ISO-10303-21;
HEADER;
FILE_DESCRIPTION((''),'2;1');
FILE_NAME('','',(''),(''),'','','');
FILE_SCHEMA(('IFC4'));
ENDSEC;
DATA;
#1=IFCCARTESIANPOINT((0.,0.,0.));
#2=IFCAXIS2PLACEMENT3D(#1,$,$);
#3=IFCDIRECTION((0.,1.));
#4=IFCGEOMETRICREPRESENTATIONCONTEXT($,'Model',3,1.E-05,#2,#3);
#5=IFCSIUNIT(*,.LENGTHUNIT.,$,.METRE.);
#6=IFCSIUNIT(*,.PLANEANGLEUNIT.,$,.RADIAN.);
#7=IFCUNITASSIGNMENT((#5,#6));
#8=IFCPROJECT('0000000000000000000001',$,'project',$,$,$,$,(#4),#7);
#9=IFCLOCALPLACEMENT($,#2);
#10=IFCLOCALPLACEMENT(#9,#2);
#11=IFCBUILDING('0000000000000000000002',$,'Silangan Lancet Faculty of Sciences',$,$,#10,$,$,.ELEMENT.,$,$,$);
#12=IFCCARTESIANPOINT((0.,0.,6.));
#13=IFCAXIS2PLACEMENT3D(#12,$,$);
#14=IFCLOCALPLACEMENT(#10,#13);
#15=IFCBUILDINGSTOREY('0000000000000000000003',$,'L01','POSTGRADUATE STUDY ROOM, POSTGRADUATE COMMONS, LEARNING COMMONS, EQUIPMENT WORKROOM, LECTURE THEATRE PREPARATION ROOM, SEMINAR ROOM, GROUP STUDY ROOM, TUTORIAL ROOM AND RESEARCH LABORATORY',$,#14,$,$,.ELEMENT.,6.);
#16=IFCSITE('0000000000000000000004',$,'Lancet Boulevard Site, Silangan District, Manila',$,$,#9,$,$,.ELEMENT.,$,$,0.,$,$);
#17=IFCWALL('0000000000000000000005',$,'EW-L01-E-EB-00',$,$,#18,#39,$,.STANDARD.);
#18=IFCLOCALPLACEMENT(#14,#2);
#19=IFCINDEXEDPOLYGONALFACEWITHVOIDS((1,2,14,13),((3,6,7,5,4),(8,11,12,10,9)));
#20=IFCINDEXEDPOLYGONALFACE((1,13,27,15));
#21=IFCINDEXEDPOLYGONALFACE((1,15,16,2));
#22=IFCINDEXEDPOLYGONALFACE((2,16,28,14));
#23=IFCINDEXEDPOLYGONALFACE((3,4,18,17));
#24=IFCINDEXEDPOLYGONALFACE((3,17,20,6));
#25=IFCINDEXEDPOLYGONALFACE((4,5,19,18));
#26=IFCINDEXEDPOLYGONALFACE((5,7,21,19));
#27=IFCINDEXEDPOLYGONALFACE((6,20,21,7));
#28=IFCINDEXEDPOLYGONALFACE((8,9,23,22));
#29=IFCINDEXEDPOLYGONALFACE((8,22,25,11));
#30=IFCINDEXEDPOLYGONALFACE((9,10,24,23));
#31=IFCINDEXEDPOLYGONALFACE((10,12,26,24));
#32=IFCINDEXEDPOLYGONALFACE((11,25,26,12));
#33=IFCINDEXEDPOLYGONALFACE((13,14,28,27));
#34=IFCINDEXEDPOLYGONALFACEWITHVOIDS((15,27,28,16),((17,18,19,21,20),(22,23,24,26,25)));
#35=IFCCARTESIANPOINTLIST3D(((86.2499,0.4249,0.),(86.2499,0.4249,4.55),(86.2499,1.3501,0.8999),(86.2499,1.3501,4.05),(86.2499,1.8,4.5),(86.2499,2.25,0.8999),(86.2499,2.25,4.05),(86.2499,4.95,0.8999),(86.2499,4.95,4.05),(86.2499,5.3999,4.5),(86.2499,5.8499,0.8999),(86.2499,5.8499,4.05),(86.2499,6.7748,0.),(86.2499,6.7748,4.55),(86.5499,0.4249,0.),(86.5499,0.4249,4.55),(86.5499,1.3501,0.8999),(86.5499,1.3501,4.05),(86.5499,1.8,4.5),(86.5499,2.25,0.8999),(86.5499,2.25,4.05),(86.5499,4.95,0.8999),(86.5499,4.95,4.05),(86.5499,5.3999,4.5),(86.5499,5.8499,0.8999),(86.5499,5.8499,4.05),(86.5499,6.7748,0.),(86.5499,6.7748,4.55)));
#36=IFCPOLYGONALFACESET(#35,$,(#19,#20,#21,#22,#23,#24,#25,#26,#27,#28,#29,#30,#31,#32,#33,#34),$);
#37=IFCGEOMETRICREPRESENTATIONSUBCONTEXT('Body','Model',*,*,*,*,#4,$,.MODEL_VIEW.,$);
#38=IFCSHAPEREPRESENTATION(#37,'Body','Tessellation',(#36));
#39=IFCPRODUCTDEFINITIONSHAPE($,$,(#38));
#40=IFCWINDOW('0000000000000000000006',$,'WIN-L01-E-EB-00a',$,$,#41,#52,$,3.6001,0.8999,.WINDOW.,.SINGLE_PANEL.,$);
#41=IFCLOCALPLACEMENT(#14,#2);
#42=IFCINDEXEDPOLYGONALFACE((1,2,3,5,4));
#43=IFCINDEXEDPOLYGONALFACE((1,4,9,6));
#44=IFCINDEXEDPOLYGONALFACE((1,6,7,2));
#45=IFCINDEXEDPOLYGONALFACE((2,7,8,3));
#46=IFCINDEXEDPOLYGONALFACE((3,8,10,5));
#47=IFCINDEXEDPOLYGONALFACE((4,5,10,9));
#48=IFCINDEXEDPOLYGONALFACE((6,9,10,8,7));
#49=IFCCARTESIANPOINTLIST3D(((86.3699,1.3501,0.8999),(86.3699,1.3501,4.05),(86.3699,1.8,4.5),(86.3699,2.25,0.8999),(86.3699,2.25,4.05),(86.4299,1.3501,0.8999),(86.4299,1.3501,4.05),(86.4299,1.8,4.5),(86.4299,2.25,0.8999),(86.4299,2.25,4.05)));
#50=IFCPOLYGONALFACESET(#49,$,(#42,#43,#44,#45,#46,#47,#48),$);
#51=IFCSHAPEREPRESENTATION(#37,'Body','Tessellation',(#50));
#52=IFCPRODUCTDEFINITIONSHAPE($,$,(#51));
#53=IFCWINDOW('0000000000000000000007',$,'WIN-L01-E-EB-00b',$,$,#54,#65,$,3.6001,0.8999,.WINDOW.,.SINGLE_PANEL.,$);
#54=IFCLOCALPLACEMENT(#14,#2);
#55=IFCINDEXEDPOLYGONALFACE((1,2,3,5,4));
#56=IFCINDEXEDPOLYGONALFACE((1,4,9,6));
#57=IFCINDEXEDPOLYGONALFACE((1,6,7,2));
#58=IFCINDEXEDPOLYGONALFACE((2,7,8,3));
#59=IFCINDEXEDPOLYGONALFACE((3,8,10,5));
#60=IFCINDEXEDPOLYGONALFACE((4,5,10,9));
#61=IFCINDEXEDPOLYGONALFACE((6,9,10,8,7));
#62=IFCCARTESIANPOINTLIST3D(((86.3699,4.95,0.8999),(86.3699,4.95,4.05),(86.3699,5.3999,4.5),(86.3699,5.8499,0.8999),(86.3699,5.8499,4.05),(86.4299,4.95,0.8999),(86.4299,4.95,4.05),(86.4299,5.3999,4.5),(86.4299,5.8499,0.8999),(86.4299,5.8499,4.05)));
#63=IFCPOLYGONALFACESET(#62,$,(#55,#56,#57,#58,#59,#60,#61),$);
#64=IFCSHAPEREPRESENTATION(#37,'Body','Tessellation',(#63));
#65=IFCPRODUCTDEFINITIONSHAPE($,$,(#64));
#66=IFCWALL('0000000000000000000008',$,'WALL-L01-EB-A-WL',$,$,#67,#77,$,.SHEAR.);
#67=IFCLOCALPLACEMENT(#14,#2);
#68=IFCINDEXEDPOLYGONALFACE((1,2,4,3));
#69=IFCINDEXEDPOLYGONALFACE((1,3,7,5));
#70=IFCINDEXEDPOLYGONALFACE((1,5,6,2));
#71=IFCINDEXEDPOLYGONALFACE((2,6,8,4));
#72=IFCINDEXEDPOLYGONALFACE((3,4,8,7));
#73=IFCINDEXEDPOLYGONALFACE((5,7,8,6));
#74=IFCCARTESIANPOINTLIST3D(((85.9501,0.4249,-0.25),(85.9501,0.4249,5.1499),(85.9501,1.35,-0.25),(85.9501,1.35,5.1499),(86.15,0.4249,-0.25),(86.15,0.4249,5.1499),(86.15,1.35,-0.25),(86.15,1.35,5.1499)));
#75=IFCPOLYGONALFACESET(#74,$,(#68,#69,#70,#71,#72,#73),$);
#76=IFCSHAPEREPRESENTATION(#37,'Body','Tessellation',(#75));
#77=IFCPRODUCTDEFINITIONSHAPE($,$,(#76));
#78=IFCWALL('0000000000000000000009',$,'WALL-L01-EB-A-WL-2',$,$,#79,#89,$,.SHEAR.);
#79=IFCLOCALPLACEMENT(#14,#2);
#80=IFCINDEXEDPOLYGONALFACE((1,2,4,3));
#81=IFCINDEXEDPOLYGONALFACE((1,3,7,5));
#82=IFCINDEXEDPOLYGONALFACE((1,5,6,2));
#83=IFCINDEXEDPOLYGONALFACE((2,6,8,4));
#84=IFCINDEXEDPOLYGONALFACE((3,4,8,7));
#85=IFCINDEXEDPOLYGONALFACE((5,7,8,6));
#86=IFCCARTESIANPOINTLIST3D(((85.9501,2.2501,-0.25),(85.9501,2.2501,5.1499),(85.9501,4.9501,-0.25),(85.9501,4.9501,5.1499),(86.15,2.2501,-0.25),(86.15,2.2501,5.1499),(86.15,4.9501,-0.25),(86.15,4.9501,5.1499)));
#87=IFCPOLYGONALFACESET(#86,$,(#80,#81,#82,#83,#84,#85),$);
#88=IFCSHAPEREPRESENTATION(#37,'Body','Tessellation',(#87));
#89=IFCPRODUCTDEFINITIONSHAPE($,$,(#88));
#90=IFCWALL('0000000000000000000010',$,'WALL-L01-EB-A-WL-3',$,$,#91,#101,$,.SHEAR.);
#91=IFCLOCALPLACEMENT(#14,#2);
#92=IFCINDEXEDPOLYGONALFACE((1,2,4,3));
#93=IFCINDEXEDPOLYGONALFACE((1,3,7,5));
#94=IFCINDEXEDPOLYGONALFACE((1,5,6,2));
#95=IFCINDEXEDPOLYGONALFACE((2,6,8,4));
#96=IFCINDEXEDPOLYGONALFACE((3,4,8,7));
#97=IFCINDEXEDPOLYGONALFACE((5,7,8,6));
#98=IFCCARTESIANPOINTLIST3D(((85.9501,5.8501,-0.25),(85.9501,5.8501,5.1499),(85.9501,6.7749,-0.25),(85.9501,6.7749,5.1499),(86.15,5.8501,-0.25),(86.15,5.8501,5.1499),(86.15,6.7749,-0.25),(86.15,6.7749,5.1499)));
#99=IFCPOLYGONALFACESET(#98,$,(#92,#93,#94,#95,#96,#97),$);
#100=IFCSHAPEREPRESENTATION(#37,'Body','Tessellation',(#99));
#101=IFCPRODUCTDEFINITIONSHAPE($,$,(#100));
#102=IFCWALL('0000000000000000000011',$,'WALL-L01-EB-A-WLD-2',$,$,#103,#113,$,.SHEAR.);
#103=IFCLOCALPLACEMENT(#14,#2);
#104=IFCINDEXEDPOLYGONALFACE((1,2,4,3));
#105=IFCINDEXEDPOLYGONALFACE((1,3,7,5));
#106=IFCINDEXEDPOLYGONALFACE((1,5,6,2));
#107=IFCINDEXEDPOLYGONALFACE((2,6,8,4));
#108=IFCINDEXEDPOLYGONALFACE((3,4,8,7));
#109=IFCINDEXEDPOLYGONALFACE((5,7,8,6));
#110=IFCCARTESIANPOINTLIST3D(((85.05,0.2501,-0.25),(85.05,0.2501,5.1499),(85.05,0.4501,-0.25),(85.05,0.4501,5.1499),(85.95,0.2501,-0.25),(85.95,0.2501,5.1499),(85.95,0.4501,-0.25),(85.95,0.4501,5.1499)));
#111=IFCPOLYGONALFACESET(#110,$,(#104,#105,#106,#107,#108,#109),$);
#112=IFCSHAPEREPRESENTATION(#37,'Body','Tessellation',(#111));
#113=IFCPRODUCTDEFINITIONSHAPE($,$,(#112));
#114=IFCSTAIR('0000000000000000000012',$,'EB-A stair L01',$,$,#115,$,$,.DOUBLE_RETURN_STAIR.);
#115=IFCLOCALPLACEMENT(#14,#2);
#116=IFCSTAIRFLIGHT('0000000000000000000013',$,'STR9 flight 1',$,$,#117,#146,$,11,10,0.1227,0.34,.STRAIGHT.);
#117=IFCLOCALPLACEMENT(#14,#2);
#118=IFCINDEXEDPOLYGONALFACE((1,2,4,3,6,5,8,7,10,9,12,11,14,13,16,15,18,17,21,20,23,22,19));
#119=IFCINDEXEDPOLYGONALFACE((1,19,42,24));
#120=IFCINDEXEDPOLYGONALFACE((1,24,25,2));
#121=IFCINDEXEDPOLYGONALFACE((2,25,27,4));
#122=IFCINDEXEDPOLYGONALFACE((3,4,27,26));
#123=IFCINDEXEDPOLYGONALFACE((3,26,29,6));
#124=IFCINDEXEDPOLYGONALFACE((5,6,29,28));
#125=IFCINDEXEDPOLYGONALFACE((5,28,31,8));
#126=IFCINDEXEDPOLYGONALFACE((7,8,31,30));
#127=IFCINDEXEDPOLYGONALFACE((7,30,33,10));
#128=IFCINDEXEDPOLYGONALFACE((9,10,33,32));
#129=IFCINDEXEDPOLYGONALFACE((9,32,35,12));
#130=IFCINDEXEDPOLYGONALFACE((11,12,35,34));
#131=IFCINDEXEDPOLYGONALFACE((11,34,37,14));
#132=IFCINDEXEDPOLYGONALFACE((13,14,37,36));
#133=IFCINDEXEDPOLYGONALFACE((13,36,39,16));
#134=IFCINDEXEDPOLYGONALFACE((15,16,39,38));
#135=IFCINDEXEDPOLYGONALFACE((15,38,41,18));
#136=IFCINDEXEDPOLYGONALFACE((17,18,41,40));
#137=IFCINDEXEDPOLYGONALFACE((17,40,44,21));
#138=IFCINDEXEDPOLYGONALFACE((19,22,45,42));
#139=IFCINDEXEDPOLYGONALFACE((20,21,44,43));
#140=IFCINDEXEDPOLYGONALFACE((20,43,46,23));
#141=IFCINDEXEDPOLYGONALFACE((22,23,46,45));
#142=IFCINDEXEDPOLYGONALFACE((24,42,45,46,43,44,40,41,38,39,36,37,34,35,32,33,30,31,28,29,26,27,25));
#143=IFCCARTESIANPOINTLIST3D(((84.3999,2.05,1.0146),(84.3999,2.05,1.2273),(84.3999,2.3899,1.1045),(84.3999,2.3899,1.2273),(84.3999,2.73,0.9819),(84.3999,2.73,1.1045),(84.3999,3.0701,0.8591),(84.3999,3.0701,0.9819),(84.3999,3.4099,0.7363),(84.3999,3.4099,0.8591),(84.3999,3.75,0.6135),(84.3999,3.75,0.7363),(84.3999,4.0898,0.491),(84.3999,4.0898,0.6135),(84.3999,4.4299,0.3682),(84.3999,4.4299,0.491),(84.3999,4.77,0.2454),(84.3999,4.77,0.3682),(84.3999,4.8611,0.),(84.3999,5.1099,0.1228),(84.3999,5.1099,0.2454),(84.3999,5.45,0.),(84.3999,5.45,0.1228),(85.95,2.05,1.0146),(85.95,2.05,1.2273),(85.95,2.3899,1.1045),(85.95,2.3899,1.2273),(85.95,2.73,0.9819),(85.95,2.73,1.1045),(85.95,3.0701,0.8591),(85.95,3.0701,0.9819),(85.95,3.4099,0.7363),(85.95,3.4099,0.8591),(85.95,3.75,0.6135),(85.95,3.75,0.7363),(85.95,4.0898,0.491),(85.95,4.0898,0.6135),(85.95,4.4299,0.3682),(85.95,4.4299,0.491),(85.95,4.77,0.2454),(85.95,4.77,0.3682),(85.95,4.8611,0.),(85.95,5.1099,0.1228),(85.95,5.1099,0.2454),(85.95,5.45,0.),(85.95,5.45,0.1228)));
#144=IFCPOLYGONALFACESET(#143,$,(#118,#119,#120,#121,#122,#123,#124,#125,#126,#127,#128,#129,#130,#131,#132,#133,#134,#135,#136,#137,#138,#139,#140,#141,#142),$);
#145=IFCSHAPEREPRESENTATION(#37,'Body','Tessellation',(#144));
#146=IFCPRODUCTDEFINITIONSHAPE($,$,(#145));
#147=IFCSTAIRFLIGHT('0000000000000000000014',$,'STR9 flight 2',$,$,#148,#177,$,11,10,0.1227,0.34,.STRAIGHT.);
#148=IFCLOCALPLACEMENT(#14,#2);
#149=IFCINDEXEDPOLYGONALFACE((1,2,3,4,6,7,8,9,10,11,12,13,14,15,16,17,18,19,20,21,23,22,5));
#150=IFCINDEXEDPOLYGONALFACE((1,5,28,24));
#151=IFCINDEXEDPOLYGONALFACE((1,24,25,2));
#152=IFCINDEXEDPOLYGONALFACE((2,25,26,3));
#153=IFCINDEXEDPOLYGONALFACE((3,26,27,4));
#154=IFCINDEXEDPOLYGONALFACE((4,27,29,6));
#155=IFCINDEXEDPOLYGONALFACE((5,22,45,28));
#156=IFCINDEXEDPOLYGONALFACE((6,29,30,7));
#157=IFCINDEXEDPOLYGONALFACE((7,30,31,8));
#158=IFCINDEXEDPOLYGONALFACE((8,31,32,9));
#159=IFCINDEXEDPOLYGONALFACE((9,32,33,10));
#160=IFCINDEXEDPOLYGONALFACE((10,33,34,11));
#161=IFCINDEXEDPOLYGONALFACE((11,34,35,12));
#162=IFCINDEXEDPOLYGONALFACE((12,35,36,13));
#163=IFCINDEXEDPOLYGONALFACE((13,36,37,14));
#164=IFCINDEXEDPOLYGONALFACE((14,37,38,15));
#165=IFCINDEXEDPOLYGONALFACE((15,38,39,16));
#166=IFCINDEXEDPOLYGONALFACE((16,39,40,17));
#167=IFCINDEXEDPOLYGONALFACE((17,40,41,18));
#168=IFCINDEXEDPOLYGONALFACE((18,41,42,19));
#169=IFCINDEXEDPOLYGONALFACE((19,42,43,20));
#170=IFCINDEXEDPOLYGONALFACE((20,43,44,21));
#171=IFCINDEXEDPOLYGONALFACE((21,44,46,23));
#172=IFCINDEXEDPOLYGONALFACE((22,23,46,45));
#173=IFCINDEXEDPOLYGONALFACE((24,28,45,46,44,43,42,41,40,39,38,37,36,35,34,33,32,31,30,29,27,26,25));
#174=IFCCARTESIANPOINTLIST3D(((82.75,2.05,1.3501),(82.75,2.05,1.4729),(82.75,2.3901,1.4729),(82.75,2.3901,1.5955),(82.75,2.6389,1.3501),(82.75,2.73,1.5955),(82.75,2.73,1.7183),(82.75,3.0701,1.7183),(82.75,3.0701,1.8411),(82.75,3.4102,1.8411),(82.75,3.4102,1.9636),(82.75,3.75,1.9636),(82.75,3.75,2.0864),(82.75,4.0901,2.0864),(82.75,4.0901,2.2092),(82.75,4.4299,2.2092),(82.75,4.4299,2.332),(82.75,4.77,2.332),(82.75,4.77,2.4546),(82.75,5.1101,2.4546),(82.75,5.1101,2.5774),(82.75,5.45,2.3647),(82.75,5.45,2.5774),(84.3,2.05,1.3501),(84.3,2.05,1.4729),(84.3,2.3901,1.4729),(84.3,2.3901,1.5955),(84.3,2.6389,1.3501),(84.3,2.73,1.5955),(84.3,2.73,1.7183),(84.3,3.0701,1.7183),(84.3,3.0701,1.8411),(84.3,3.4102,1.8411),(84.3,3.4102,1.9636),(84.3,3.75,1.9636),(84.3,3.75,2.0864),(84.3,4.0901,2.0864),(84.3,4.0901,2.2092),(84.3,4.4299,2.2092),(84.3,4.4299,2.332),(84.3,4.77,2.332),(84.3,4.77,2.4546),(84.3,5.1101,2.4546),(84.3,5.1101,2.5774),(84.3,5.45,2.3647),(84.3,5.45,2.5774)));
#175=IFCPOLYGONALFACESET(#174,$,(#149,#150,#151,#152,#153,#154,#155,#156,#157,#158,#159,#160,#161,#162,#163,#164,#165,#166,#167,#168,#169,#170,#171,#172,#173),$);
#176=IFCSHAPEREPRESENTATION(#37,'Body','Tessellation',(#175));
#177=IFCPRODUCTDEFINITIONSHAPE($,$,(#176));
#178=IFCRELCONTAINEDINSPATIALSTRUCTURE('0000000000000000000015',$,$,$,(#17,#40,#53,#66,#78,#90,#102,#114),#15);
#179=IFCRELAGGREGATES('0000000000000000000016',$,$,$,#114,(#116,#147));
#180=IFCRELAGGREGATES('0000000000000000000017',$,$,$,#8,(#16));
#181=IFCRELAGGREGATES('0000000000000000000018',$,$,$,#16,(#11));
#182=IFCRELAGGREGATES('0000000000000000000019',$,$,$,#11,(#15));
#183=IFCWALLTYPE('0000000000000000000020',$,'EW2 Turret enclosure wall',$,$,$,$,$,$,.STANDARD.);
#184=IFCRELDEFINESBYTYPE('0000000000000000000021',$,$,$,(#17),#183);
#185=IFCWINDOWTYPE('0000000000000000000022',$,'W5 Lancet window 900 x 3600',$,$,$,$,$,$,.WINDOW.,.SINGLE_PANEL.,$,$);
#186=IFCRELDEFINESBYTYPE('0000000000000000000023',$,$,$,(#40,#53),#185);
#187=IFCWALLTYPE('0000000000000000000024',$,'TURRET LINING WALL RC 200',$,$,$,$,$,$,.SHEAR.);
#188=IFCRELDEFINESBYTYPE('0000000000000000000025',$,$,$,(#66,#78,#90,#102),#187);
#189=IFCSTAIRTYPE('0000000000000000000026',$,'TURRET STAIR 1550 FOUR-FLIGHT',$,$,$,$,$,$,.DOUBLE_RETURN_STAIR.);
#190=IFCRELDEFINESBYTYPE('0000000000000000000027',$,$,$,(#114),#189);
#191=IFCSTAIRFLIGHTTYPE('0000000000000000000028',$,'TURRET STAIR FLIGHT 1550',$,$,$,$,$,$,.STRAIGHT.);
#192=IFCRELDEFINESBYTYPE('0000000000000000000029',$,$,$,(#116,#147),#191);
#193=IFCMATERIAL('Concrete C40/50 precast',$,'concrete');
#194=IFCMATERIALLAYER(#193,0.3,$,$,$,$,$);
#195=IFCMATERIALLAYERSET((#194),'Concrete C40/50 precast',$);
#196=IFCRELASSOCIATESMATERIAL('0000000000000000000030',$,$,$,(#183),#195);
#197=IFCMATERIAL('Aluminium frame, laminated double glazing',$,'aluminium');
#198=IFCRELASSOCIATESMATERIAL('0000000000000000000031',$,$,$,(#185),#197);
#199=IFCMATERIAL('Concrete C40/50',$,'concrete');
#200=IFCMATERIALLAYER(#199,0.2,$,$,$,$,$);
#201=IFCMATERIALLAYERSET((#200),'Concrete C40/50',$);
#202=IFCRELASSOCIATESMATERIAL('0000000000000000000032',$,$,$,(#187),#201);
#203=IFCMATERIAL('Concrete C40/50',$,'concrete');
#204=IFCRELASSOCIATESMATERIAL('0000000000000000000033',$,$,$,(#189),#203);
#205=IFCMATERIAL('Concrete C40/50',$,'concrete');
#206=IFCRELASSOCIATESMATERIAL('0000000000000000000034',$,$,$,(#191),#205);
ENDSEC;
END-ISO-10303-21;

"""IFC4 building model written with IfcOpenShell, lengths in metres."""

from ifc_helpers import new_model, si_unit, direction, frame, frame_2d, origin, place, context, subcontext, project, spatial, polyline, rectangle, outline, extrude, material, layer, layer_set, type_object, element, fill, aggregate, save


model = new_model("IFC4")

# Units and contexts
model_context = context("Model", 3, precision=1e-05, world=origin(), true_north=direction((0.0, 1.0)))
body_context = subcontext(model_context, "Body", "Model", "MODEL_VIEW")
ifc_project = project(units=[si_unit("LENGTHUNIT", "METRE"), si_unit("PLANEANGLEUNIT", "RADIAN")], contexts=[model_context])

# Site, building, storey
site_placement = place(None, origin())
site = spatial("IfcSite", under=ifc_project, at=site_placement, Name="Lancet Boulevard Site, Silangan District, Manila", CompositionType="ELEMENT", RefElevation=0.0)
building_placement = place(site_placement, origin())
building = spatial("IfcBuilding", under=site, at=building_placement, Name="Silangan Lancet Faculty of Sciences", CompositionType="ELEMENT")
storey_placement = place(building_placement, frame((0.0, 0.0, 6.0)))
storey = spatial("IfcBuildingStorey", under=building, at=storey_placement, Name="L01", Description="POSTGRADUATE STUDY ROOM, POSTGRADUATE COMMONS, LEARNING COMMONS, EQUIPMENT WORKROOM, LECTURE THEATRE PREPARATION ROOM, SEMINAR ROOM, GROUP STUDY ROOM, TUTORIAL ROOM AND RESEARCH LABORATORY", CompositionType="ELEMENT", Elevation=6.0)

# Wall, openings, windows
ifc_material_1 = material(Name="Concrete C40/50 precast", Category="concrete")
ifc_layer_1 = layer(ifc_material_1, 0.3)
ifc_layer_set_1 = layer_set([ifc_layer_1], Name="Concrete C40/50 precast")
wall_type_1 = type_object("IfcWallType", Name="EW2 Turret enclosure wall", PredefinedType="STANDARD", material=ifc_layer_set_1)
wall_1_placement = place(storey_placement, frame((86.3999, 0.425, 0.0), z_axis=(0.0, 0.0, 1.0), x_axis=(0.0, 1.0, 0.0)))
wall_1 = element("IfcWall", 1, at=wall_1_placement, inside=storey, type_object=wall_type_1, Name="EW-L01-E-EB-00", PredefinedType="STANDARD", context=body_context, shape_type="SweptSolid", body=[
    extrude(rectangle(XDim=6.3499, YDim=0.3, at=frame_2d((3.1748, 0.0))), origin(), (0.0, 0.0, 1.0), 4.55),
])
opening_1_placement = place(wall_1_placement, frame((0.925, 0.0, 0.8999)))
opening_1 = element("IfcOpeningElement", 2, at=opening_1_placement, cuts=wall_1, PredefinedType="OPENING", context=body_context, shape_type="SweptSolid", body=[
    extrude(outline(polyline([(0.0, 0.0), (0.8999, 0.0), (0.8999, 3.1501), (0.45, 3.6001), (0.0, 3.1501), (0.0, 0.0)])), frame((0.0, 0.1599, 0.0), z_axis=(0.0, -1.0, 0.0), x_axis=(1.0, 0.0, 0.0)), (0.0, 0.0, 1.0), 0.3201),
])
opening_2_placement = place(wall_1_placement, frame((4.5249, 0.0, 0.8999)))
opening_2 = element("IfcOpeningElement", 3, at=opening_2_placement, cuts=wall_1, PredefinedType="OPENING", context=body_context, shape_type="SweptSolid", body=[
    extrude(outline(polyline([(0.0, 0.0), (0.8999, 0.0), (0.8999, 3.1501), (0.45, 3.6001), (0.0, 3.1501), (0.0, 0.0)])), frame((0.0, 0.1599, 0.0), z_axis=(0.0, -1.0, 0.0), x_axis=(1.0, 0.0, 0.0)), (0.0, 0.0, 1.0), 0.3201),
])
ifc_material_2 = material(Name="Aluminium frame, laminated double glazing", Category="aluminium")
window_type = type_object("IfcWindowType", Name="W5 Lancet window 900 x 3600", PartitioningType="SINGLE_PANEL", PredefinedType="WINDOW", material=ifc_material_2)
window_1_placement = place(opening_1_placement, origin())
window_1 = element("IfcWindow", 4, at=window_1_placement, inside=storey, type_object=window_type, Name="WIN-L01-E-EB-00a", OverallHeight=3.6001, OverallWidth=0.8999, PartitioningType="SINGLE_PANEL", PredefinedType="WINDOW", context=body_context, shape_type="SweptSolid", body=[
    extrude(outline(polyline([(0.0, 0.0), (0.8999, 0.0), (0.8999, 3.1501), (0.45, 3.6001), (0.0, 3.1501), (0.0, 0.0)])), frame((0.0, 0.03, 0.0), z_axis=(0.0, -1.0, 0.0), x_axis=(1.0, 0.0, 0.0)), (0.0, 0.0, 1.0), 0.0601),
])
fill(opening_1, window_1)
window_2_placement = place(opening_2_placement, origin())
window_2 = element("IfcWindow", 5, at=window_2_placement, inside=storey, type_object=window_type, Name="WIN-L01-E-EB-00b", OverallHeight=3.6001, OverallWidth=0.8999, PartitioningType="SINGLE_PANEL", PredefinedType="WINDOW", context=body_context, shape_type="SweptSolid", body=[
    extrude(outline(polyline([(0.0, 0.0), (0.8999, 0.0), (0.8999, 3.1501), (0.45, 3.6001), (0.0, 3.1501), (0.0, 0.0)])), frame((0.0, 0.03, 0.0), z_axis=(0.0, -1.0, 0.0), x_axis=(1.0, 0.0, 0.0)), (0.0, 0.0, 1.0), 0.0601),
])
fill(opening_2, window_2)

# Walls
ifc_material_3 = material(Name="Concrete C40/50", Category="concrete")
ifc_layer_2 = layer(ifc_material_3, 0.2)
ifc_layer_set_2 = layer_set([ifc_layer_2], Name="Concrete C40/50")
wall_type_2 = type_object("IfcWallType", Name="TURRET LINING WALL RC 200", PredefinedType="SHEAR", material=ifc_layer_set_2)
wall_2_placement = place(storey_placement, frame((86.05, 0.425, -0.25), z_axis=(0.0, 0.0, 1.0), x_axis=(0.0, 1.0, 0.0)))
element("IfcWall", 6, at=wall_2_placement, inside=storey, type_object=wall_type_2, Name="WALL-L01-EB-A-WL", PredefinedType="SHEAR", context=body_context, shape_type="SweptSolid", body=[
    extrude(rectangle(XDim=0.925, YDim=0.2, at=frame_2d((0.4624, 0.0))), origin(), (0.0, 0.0, 1.0), 5.3999),
])
wall_3_placement = place(storey_placement, frame((86.05, 2.25, -0.25), z_axis=(0.0, 0.0, 1.0), x_axis=(0.0, 1.0, 0.0)))
element("IfcWall", 7, at=wall_3_placement, inside=storey, type_object=wall_type_2, Name="WALL-L01-EB-A-WL-2", PredefinedType="SHEAR", context=body_context, shape_type="SweptSolid", body=[
    extrude(rectangle(XDim=2.7, YDim=0.2, at=frame_2d((1.3501, 0.0))), origin(), (0.0, 0.0, 1.0), 5.3999),
])
wall_4_placement = place(storey_placement, frame((86.05, 5.8501, -0.25), z_axis=(0.0, 0.0, 1.0), x_axis=(0.0, 1.0, 0.0)))
element("IfcWall", 8, at=wall_4_placement, inside=storey, type_object=wall_type_2, Name="WALL-L01-EB-A-WL-3", PredefinedType="SHEAR", context=body_context, shape_type="SweptSolid", body=[
    extrude(rectangle(XDim=0.9248, YDim=0.2, at=frame_2d((0.4624, 0.0))), origin(), (0.0, 0.0, 1.0), 5.3999),
])
wall_5_placement = place(storey_placement, frame((85.05, 0.3501, -0.25), z_axis=(0.0, 0.0, 1.0), x_axis=(1.0, 0.0, 0.0)))
element("IfcWall", 9, at=wall_5_placement, inside=storey, type_object=wall_type_2, Name="WALL-L01-EB-A-WLD-2", PredefinedType="SHEAR", context=body_context, shape_type="SweptSolid", body=[
    extrude(rectangle(XDim=0.8999, YDim=0.2, at=frame_2d((0.45, 0.0))), origin(), (0.0, 0.0, 1.0), 5.3999),
])

# Stair, stair flights
ifc_material_4 = material(Name="Concrete C40/50", Category="concrete")
stair_type = type_object("IfcStairType", Name="TURRET STAIR 1550 FOUR-FLIGHT", PredefinedType="DOUBLE_RETURN_STAIR", material=ifc_material_4)
stair_placement = place(storey_placement, origin())
stair = element("IfcStair", 10, at=stair_placement, inside=storey, type_object=stair_type, Name="EB-A stair L01", PredefinedType="DOUBLE_RETURN_STAIR")
ifc_material_5 = material(Name="Concrete C40/50", Category="concrete")
stair_flight_type = type_object("IfcStairFlightType", Name="TURRET STAIR FLIGHT 1550", PredefinedType="STRAIGHT", material=ifc_material_5)
stair_flight_1_placement = place(storey_placement, frame((85.175, 5.45, 0.0), z_axis=(0.0, 0.0, 1.0), x_axis=(0.0, -1.0, 0.0)))
stair_flight_1 = element("IfcStairFlight", 11, at=stair_flight_1_placement, type_object=stair_flight_type, Name="STR9 flight 1", NumberOfRisers=11, NumberOfTreads=10, PredefinedType="STRAIGHT", RiserHeight=0.1227, TreadLength=0.34, context=body_context, shape_type="SweptSolid", body=[
    extrude(outline(polyline([(0.0, 0.0), (0.0, 0.1228), (0.3401, 0.1228), (0.3401, 0.2454), (0.6799, 0.2454), (0.6799, 0.3682), (1.02, 0.3682), (1.02, 0.491), (1.3601, 0.491), (1.3601, 0.6135), (1.7, 0.6135), (1.7, 0.7363), (2.04, 0.7363), (2.04, 0.8591), (2.3799, 0.8591), (2.3799, 0.9819), (2.72, 0.9819), (2.72, 1.1045), (3.0601, 1.1045), (3.0601, 1.2273), (3.3999, 1.2273), (3.3999, 1.3501), (3.3999, 1.0146), (0.5889, 0.0), (0.0, 0.0)])), frame((0.0, 0.7749, 0.0), z_axis=(0.0, -1.0, 0.0), x_axis=(1.0, 0.0, 0.0)), (0.0, 0.0, 1.0), 1.55),
])
stair_flight_2_placement = place(storey_placement, frame((83.5249, 2.05, 1.3501), z_axis=(0.0, 0.0, 1.0), x_axis=(0.0, 1.0, 0.0)))
stair_flight_2 = element("IfcStairFlight", 12, at=stair_flight_2_placement, type_object=stair_flight_type, Name="STR9 flight 2", NumberOfRisers=11, NumberOfTreads=10, PredefinedType="STRAIGHT", RiserHeight=0.1227, TreadLength=0.34, context=body_context, shape_type="SweptSolid", body=[
    extrude(outline(polyline([(0.0, 0.0), (0.0, 0.1228), (0.3401, 0.1228), (0.3401, 0.2454), (0.6799, 0.2454), (0.6799, 0.3682), (1.02, 0.3682), (1.02, 0.491), (1.3601, 0.491), (1.3601, 0.6135), (1.7, 0.6135), (1.7, 0.7363), (2.04, 0.7363), (2.04, 0.8591), (2.3799, 0.8591), (2.3799, 0.9819), (2.72, 0.9819), (2.72, 1.1045), (3.0601, 1.1045), (3.0601, 1.2273), (3.3999, 1.2273), (3.3999, 1.3501), (3.3999, 1.0146), (0.5889, 0.0), (0.0, 0.0)])), frame((0.0, 0.7749, 0.0), z_axis=(0.0, -1.0, 0.0), x_axis=(1.0, 0.0, 0.0)), (0.0, 0.0, 1.0), 1.55),
])
aggregate(stair, [stair_flight_1, stair_flight_2])

save(model, "model.ifc")
